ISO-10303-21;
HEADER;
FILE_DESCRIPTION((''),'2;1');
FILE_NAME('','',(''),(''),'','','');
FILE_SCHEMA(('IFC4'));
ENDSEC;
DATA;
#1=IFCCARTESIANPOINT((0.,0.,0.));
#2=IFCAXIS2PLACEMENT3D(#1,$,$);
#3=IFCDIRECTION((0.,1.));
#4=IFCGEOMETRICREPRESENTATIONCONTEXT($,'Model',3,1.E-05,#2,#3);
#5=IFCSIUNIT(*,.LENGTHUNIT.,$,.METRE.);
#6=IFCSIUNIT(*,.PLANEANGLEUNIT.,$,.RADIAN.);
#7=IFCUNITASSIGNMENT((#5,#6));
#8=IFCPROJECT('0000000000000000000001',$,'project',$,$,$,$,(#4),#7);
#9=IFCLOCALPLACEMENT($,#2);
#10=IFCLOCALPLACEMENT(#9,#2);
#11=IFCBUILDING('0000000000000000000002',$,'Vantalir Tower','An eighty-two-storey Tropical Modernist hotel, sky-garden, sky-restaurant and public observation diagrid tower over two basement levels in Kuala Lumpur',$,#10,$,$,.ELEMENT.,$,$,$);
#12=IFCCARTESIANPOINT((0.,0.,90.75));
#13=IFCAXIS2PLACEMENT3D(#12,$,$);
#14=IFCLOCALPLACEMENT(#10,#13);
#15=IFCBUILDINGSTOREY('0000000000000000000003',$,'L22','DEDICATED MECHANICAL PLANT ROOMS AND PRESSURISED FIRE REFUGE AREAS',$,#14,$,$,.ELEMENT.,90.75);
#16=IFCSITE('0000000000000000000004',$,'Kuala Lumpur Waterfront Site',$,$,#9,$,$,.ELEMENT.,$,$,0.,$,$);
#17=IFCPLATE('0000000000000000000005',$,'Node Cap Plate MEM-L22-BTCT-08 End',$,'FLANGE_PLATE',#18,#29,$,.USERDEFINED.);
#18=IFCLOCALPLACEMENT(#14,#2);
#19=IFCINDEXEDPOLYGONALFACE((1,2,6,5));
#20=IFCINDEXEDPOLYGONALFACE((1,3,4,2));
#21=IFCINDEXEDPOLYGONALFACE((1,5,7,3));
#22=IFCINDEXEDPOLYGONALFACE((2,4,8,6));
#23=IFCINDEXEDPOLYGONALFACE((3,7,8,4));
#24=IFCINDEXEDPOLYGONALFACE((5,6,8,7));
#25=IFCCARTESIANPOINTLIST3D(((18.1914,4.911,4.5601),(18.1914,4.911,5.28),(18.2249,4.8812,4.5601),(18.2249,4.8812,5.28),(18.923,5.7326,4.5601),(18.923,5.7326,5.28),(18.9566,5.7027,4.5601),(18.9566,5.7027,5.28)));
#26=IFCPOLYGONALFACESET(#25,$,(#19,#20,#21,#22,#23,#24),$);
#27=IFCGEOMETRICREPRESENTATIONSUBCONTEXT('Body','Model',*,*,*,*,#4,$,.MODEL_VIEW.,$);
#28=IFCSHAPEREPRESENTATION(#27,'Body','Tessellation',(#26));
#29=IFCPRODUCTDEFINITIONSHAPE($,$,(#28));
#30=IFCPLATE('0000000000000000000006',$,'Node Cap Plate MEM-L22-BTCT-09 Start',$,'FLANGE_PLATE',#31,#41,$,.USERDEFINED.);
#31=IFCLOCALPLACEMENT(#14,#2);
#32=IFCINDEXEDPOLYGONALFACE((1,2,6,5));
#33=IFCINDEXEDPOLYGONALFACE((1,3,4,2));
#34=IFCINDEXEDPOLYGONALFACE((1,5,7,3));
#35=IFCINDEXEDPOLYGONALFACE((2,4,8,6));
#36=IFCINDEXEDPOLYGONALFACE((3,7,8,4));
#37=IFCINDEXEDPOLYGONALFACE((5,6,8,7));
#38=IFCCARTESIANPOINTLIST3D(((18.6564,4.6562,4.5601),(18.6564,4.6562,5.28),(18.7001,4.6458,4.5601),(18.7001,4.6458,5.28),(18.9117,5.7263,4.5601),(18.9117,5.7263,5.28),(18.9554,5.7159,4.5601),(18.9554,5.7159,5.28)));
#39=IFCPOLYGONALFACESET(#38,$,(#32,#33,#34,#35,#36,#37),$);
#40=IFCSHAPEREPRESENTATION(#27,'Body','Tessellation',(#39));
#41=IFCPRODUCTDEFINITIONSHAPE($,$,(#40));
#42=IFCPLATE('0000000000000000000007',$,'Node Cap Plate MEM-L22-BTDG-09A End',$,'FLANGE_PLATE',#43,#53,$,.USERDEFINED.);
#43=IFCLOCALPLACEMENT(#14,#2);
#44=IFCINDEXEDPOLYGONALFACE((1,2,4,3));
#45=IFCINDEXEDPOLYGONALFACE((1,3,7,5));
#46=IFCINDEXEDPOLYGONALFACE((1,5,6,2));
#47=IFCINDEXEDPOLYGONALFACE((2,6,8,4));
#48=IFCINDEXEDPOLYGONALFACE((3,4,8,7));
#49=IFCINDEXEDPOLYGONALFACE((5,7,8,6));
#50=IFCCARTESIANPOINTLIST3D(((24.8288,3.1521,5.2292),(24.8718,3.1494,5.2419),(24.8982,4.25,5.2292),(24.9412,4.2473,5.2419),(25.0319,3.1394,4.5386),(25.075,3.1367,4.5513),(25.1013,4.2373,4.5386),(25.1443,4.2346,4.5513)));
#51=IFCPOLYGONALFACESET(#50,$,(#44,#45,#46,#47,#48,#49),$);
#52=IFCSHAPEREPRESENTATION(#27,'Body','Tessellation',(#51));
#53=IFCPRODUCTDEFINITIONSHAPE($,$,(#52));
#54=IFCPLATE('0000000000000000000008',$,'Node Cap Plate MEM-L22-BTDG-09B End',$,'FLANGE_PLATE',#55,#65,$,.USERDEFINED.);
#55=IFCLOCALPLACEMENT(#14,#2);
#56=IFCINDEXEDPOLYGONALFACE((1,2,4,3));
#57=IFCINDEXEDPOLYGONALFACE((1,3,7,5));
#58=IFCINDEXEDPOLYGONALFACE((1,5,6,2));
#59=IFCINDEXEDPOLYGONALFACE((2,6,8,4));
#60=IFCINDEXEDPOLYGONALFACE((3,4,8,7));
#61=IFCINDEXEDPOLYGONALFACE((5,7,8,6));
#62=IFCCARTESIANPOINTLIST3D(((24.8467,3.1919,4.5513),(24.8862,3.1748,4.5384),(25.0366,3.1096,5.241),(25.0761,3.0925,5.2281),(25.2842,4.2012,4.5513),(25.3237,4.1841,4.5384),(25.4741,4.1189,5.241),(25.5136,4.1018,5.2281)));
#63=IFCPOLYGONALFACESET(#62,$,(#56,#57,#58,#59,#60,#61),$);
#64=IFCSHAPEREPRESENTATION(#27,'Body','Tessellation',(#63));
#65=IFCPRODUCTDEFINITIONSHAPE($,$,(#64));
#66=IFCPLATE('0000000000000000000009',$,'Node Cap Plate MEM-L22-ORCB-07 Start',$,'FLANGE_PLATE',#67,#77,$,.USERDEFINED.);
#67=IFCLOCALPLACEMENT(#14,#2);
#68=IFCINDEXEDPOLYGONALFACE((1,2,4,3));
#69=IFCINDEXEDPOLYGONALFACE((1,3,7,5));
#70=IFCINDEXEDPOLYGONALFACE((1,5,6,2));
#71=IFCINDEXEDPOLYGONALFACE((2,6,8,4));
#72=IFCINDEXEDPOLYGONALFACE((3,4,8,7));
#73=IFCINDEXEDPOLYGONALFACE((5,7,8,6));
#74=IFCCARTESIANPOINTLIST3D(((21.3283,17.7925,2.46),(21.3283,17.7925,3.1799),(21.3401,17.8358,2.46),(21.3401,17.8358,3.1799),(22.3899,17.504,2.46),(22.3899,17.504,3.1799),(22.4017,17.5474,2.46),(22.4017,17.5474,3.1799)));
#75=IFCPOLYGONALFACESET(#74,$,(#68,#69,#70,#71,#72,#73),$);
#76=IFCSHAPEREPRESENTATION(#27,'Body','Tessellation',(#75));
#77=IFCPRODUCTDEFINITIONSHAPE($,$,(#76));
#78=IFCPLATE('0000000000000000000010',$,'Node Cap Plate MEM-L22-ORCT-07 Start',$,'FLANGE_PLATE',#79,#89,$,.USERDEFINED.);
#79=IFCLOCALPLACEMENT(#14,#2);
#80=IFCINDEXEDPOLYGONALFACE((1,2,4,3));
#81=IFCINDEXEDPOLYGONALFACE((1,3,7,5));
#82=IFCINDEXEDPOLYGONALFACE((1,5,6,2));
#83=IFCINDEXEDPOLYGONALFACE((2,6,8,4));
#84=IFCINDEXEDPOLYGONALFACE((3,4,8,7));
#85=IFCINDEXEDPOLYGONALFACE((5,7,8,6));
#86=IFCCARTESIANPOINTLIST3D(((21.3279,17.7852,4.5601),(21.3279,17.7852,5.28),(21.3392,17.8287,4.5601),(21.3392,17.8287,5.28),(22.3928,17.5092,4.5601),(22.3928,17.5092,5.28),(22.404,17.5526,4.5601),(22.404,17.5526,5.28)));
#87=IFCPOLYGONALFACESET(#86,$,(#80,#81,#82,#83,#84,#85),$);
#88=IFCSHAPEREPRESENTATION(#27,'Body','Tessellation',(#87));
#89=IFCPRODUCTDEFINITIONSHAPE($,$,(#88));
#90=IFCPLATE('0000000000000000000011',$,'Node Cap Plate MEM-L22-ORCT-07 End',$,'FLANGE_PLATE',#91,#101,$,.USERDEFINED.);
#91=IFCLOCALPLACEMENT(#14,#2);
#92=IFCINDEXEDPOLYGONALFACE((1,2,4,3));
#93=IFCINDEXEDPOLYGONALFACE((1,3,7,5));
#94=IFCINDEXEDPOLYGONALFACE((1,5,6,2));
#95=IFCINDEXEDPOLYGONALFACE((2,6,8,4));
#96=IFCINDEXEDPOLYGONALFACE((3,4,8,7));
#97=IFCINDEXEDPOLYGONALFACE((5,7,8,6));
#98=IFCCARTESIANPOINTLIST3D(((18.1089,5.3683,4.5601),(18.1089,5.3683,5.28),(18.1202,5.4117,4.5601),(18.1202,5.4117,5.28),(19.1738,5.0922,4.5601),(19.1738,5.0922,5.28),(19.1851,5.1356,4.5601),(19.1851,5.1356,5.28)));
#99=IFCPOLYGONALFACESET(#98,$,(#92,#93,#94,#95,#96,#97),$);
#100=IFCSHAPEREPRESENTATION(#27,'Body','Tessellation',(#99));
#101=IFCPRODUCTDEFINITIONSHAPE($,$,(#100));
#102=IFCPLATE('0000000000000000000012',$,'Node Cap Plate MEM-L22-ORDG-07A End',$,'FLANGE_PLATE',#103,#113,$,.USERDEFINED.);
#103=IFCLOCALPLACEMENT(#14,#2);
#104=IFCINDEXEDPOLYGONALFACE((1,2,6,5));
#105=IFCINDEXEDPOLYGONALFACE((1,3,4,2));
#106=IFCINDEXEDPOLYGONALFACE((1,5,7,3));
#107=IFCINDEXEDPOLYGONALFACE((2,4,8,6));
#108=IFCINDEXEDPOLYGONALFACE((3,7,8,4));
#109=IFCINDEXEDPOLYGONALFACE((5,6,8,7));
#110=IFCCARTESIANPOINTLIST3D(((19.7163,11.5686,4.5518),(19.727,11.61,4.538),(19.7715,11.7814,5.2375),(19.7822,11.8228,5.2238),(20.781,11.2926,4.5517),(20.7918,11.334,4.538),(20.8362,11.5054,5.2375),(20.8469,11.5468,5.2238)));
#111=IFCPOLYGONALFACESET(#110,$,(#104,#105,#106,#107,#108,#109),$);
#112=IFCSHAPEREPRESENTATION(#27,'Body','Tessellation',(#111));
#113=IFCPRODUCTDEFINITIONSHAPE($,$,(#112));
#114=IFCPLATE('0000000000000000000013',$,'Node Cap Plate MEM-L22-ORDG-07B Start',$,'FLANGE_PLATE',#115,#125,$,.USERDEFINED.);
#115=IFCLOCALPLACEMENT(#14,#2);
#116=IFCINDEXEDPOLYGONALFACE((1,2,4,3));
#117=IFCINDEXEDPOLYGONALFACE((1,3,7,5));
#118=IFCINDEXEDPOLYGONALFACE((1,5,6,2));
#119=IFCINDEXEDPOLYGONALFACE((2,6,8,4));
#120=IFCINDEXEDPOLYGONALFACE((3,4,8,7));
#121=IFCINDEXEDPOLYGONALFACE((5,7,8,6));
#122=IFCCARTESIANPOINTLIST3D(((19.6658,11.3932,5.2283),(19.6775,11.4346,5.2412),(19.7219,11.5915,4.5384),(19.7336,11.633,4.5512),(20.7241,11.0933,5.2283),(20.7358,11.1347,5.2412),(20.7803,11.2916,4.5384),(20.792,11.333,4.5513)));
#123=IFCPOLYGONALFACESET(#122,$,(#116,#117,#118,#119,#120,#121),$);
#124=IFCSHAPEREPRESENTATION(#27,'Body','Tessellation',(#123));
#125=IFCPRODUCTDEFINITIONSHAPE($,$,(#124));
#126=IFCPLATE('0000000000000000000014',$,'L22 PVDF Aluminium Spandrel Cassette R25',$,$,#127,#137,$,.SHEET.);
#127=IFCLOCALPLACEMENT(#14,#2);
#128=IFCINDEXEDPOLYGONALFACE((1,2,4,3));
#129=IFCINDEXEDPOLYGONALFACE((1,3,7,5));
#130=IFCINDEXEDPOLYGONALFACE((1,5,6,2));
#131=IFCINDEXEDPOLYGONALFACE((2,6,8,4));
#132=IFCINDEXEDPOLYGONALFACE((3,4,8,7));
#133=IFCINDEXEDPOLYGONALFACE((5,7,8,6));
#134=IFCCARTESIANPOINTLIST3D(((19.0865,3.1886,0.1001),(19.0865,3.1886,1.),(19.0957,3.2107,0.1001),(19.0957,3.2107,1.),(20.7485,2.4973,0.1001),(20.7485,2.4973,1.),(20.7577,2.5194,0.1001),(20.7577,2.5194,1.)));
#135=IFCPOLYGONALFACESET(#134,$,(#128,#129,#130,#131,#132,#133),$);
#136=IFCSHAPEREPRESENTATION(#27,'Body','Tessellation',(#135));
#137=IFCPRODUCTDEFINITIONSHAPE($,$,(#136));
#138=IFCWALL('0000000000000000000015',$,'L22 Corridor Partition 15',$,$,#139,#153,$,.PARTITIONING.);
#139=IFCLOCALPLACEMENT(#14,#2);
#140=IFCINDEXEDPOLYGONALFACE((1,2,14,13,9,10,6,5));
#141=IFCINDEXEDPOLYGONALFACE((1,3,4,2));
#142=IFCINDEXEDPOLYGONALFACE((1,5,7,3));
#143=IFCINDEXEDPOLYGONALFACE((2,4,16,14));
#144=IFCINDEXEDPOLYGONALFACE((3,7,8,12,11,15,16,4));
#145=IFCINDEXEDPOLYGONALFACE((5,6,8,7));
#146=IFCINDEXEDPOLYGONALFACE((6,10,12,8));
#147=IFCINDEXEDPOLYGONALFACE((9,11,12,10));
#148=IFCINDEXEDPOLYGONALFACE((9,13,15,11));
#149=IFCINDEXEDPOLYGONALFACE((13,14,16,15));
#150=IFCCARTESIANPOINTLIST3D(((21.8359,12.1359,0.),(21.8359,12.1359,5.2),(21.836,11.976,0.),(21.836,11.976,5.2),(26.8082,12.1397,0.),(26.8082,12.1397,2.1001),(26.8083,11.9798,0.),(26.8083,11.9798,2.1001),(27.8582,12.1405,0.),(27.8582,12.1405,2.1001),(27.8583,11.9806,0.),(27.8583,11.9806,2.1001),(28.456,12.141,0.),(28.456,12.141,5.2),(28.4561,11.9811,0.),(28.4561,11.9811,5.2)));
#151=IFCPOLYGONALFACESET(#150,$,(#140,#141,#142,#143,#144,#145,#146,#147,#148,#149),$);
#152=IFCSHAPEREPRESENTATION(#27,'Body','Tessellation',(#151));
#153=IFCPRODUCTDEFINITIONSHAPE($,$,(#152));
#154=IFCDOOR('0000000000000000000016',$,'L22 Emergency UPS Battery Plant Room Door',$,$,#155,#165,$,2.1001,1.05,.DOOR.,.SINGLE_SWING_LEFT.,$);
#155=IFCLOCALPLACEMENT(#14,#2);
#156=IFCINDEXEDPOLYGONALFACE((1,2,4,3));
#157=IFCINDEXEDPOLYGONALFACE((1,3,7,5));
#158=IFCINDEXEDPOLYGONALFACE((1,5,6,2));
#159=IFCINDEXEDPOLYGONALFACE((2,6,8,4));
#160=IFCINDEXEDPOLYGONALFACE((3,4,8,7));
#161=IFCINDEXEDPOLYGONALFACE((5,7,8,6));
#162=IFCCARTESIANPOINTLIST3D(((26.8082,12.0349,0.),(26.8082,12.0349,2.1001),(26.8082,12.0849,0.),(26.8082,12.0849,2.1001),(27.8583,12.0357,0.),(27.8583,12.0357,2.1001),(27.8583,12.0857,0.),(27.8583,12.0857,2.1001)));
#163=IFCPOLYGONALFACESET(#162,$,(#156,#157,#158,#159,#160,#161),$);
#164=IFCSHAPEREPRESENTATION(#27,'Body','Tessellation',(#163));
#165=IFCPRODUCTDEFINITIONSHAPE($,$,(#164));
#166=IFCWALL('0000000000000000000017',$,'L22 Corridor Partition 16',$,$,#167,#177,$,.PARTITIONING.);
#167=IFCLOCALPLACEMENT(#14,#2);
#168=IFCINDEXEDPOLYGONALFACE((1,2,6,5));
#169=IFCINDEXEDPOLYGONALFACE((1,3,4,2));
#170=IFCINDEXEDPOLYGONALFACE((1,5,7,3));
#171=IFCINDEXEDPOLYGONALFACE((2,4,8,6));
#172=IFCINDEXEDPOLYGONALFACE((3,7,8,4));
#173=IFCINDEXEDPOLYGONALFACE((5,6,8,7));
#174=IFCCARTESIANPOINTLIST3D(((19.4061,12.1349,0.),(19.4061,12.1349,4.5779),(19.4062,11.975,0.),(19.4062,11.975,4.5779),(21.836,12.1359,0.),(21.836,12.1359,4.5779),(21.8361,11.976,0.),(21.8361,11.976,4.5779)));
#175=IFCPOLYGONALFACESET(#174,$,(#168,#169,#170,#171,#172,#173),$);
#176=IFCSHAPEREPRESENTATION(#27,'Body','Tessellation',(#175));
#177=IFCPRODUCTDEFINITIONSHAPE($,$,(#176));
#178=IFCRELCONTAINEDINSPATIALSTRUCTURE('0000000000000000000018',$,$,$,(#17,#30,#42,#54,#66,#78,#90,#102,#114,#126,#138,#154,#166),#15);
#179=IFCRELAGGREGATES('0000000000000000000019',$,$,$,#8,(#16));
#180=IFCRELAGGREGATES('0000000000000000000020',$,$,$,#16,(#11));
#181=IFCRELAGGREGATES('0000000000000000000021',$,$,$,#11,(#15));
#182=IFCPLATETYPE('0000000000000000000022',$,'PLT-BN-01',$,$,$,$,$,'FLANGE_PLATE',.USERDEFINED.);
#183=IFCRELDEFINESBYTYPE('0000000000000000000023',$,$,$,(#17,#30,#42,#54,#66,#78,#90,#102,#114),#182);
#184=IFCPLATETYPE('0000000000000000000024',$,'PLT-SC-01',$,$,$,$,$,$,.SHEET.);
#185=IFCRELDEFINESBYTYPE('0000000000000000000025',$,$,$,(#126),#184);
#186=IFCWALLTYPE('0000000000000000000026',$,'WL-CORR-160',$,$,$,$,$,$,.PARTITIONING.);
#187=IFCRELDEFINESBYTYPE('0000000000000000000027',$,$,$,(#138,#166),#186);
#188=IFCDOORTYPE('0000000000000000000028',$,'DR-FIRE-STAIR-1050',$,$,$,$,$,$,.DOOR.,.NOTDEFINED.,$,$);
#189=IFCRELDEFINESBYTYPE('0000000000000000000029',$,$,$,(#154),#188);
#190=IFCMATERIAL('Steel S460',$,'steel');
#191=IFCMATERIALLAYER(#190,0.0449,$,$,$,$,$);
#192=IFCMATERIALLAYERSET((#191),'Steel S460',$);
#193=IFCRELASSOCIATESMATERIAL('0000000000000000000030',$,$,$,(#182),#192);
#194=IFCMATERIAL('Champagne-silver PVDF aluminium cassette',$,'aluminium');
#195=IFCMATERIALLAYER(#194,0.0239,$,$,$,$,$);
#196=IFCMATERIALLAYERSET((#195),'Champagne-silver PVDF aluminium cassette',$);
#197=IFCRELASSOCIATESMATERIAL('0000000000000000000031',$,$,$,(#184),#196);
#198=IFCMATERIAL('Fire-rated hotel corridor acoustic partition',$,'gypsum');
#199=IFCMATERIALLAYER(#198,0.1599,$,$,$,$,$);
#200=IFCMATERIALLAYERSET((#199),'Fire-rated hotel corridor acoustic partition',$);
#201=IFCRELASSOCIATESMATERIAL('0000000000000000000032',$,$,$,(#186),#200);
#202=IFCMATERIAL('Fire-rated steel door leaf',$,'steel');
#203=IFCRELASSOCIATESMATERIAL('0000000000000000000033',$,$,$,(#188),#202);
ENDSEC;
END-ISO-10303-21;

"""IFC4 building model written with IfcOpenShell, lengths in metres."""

from ifc_helpers import new_model, si_unit, direction, frame, frame_2d, origin, origin_2d, place, context, subcontext, project, spatial, polyline, rectangle, outline, extrude, material, layer, layer_set, type_object, element, fill, save


model = new_model("IFC4")

# Units and contexts
model_context = context("Model", 3, precision=1e-05, world=origin(), true_north=direction((0.0, 1.0)))
body_context = subcontext(model_context, "Body", "Model", "MODEL_VIEW")
ifc_project = project(units=[si_unit("LENGTHUNIT", "METRE"), si_unit("PLANEANGLEUNIT", "RADIAN")], contexts=[model_context])

# Site, building, storey
site_placement = place(None, origin())
site = spatial("IfcSite", under=ifc_project, at=site_placement, Name="Kuala Lumpur Waterfront Site", CompositionType="ELEMENT", RefElevation=0.0)
building_placement = place(site_placement, origin())
building = spatial("IfcBuilding", under=site, at=building_placement, Name="Vantalir Tower", Description="An eighty-two-storey Tropical Modernist hotel, sky-garden, sky-restaurant and public observation diagrid tower over two basement levels in Kuala Lumpur", CompositionType="ELEMENT")
storey_placement = place(building_placement, frame((0.0, 0.0, 90.75)))
storey = spatial("IfcBuildingStorey", under=building, at=storey_placement, Name="L22", Description="DEDICATED MECHANICAL PLANT ROOMS AND PRESSURISED FIRE REFUGE AREAS", CompositionType="ELEMENT", Elevation=90.75)

# Shared definitions
ifc_material_1 = material(Name="Steel S460", Category="steel")

# Plates
ifc_layer_1 = layer(ifc_material_1, 0.0449)
ifc_layer_set_1 = layer_set([ifc_layer_1], Name="Steel S460")
plate_type_1 = type_object("IfcPlateType", Name="PLT-BN-01", ElementType="FLANGE_PLATE", PredefinedType="USERDEFINED", material=ifc_layer_set_1)
for number, where, z_axis, x_axis, name in (
    (1, (18.574, 5.3069, 4.5601), (0.0, 0.0, 1.0), (0.746812, -0.665035, 0.0), "Node Cap Plate MEM-L22-BTCT-08 End"),
    (2, (18.8059, 5.186, 4.5601), (0.0, 0.0, 1.0), (0.972695, -0.232087, 0.0), "Node Cap Plate MEM-L22-BTCT-09 Start"),
):
    element("IfcPlate", number, at=place(storey_placement, frame(where, z_axis=z_axis, x_axis=x_axis)), inside=storey, type_object=plate_type_1, Name=name, ObjectType="FLANGE_PLATE", PredefinedType="USERDEFINED", context=body_context, shape_type="SweptSolid", body=[
        extrude(rectangle(XDim=0.0449, YDim=1.1001, at=origin_2d()), origin(), (0.0, 0.0, 1.0), 0.72),
    ])
plate_1_placement = place(storey_placement, frame((25.075, 3.1367, 4.5513), z_axis=(0.957315, -0.060457, 0.282654), x_axis=(0.063028, 0.998012, 0.0)))
element("IfcPlate", 3, at=plate_1_placement, inside=storey, type_object=plate_type_1, Name="Node Cap Plate MEM-L22-BTDG-09A End", ObjectType="FLANGE_PLATE", PredefinedType="USERDEFINED", context=body_context, shape_type="SweptSolid", body=[
    extrude(outline(polyline([(0.0, 0.0), (1.1001, 0.0), (1.1, 0.72), (-0.0001, 0.72), (0.0, 0.0)])), origin(), (0.0, 0.0, -1.0), 0.0449),
])
plate_2_placement = place(storey_placement, frame((25.2842, 4.2012, 4.5513), z_axis=(-0.878782, 0.380933, 0.287457), x_axis=(-0.39772, -0.917507, 0.0)))
element("IfcPlate", 4, at=plate_2_placement, inside=storey, type_object=plate_type_1, Name="Node Cap Plate MEM-L22-BTDG-09B End", ObjectType="FLANGE_PLATE", PredefinedType="USERDEFINED", context=body_context, shape_type="SweptSolid", body=[
    extrude(outline(polyline([(0.0, 0.0), (1.1, 0.0), (1.1, 0.7201), (-0.0001, 0.7201), (0.0, 0.0)])), origin(), (0.0, 0.0, -1.0), 0.0449),
])
for number, where, z_axis, x_axis, name in (
    (5, (21.865, 17.6699, 2.46), (0.0, 0.0, 1.0), (-0.262206, -0.965012, 0.0), "Node Cap Plate MEM-L22-ORCB-07 Start"),
    (6, (21.866, 17.6689, 4.5601), (0.0, 0.0, 1.0), (-0.250971, -0.967995, 0.0), "Node Cap Plate MEM-L22-ORCT-07 Start"),
    (7, (18.647, 5.252, 4.5601), (0.0, 0.0, 1.0), (-0.250971, -0.967995, 0.0), "Node Cap Plate MEM-L22-ORCT-07 End"),
):
    element("IfcPlate", number, at=place(storey_placement, frame(where, z_axis=z_axis, x_axis=x_axis)), inside=storey, type_object=plate_type_1, Name=name, ObjectType="FLANGE_PLATE", PredefinedType="USERDEFINED", context=body_context, shape_type="SweptSolid", body=[
        extrude(rectangle(XDim=0.0449, YDim=1.1001, at=origin_2d()), origin(), (0.0, 0.0, 1.0), 0.72),
    ])
plate_3_placement = place(storey_placement, frame((19.7163, 11.5686, 4.5518), z_axis=(-0.238961, -0.921812, 0.305221), x_axis=(0.968001, -0.250945, -0.000031)))
element("IfcPlate", 8, at=plate_3_placement, inside=storey, type_object=plate_type_1, Name="Node Cap Plate MEM-L22-ORDG-07A End", ObjectType="FLANGE_PLATE", PredefinedType="USERDEFINED", context=body_context, shape_type="SweptSolid", body=[
    extrude(outline(polyline([(0.0, 0.0), (1.0999, 0.0), (1.0999, 0.7202), (0.0, 0.7201), (0.0, 0.0)])), origin(), (0.0, 0.0, -1.0), 0.0449),
])
plate_4_placement = place(storey_placement, frame((20.792, 11.333, 4.5513), z_axis=(0.261241, 0.921839, 0.286298), x_axis=(-0.96211, 0.272662, -0.000029)))
element("IfcPlate", 9, at=plate_4_placement, inside=storey, type_object=plate_type_1, Name="Node Cap Plate MEM-L22-ORDG-07B Start", ObjectType="FLANGE_PLATE", PredefinedType="USERDEFINED", context=body_context, shape_type="SweptSolid", body=[
    extrude(outline(polyline([(0.0, 0.0), (1.1001, 0.0), (1.0999, 0.7201), (0.0, 0.7201), (0.0, 0.0)])), origin(), (0.0, 0.0, -1.0), 0.0449),
])
ifc_material_2 = material(Name="Champagne-silver PVDF aluminium cassette", Category="aluminium")
ifc_layer_2 = layer(ifc_material_2, 0.0239)
ifc_layer_set_2 = layer_set([ifc_layer_2], Name="Champagne-silver PVDF aluminium cassette")
plate_type_2 = type_object("IfcPlateType", Name="PLT-SC-01", PredefinedType="SHEET", material=ifc_layer_set_2)
plate_5_placement = place(storey_placement, frame((19.9221, 2.854, 0.1001), z_axis=(0.0, 0.0, 1.0), x_axis=(0.923311, -0.384054, 0.0)))
element("IfcPlate", 10, at=plate_5_placement, inside=storey, type_object=plate_type_2, Name="L22 PVDF Aluminium Spandrel Cassette R25", PredefinedType="SHEET", context=body_context, shape_type="SweptSolid", body=[
    extrude(rectangle(XDim=1.8, YDim=0.0239, at=origin_2d()), origin(), (0.0, 0.0, 1.0), 0.8999),
])

# Wall, opening, door
ifc_material_3 = material(Name="Fire-rated hotel corridor acoustic partition", Category="gypsum")
ifc_layer_3 = layer(ifc_material_3, 0.1599)
ifc_layer_set_3 = layer_set([ifc_layer_3], Name="Fire-rated hotel corridor acoustic partition")
wall_type_1 = type_object("IfcWallType", Name="WL-CORR-160", PredefinedType="PARTITIONING", material=ifc_layer_set_3)
wall_1_placement = place(storey_placement, frame((28.4561, 12.061, 0.0), z_axis=(0.0, 0.0, 1.0), x_axis=(-1.0, -0.000774, 0.0)))
wall_1 = element("IfcWall", 11, at=wall_1_placement, inside=storey, type_object=wall_type_1, Name="L22 Corridor Partition 15", PredefinedType="PARTITIONING", context=body_context, shape_type="SweptSolid", body=[
    extrude(rectangle(XDim=6.6201, YDim=0.1599, at=frame_2d((3.3101, 0.0))), origin(), (0.0, 0.0, 1.0), 5.2),
])
opening_1_placement = place(wall_1_placement, frame((0.5979, 0.0, 0.0)))
opening_1 = element("IfcOpeningElement", 12, at=opening_1_placement, cuts=wall_1, PredefinedType="OPENING", context=body_context, shape_type="SweptSolid", body=[
    extrude(rectangle(XDim=1.05, YDim=2.1001, at=frame_2d((0.5249, 1.05))), frame((0.0, 0.0898, 0.0), z_axis=(0.0, -1.0, 0.0), x_axis=(1.0, 0.0, 0.0)), (0.0, 0.0, 1.0), 0.1799),
])
ifc_material_4 = material(Name="Fire-rated steel door leaf", Category="steel")
door_type_1 = type_object("IfcDoorType", Name="DR-FIRE-STAIR-1050", OperationType="NOTDEFINED", PredefinedType="DOOR", material=ifc_material_4)
door_1_placement = place(opening_1_placement, origin())
door_1 = element("IfcDoor", 13, at=door_1_placement, inside=storey, type_object=door_type_1, Name="L22 Emergency UPS Battery Plant Room Door", OperationType="SINGLE_SWING_LEFT", OverallHeight=2.1001, OverallWidth=1.05, PredefinedType="DOOR", context=body_context, shape_type="SweptSolid", body=[
    extrude(rectangle(XDim=1.05, YDim=2.1001, at=frame_2d((0.5249, 1.05))), frame((0.0, 0.0249, 0.0), z_axis=(0.0, -1.0, 0.0), x_axis=(1.0, 0.0, 0.0)), (0.0, 0.0, 1.0), 0.05),
])
fill(opening_1, door_1)

# Wall
wall_2_placement = place(storey_placement, frame((21.8359, 12.0559, 0.0), z_axis=(0.0, 0.0, 1.0), x_axis=(-1.0, -0.000402, 0.0)))
element("IfcWall", 14, at=wall_2_placement, inside=storey, type_object=wall_type_1, Name="L22 Corridor Partition 16", PredefinedType="PARTITIONING", context=body_context, shape_type="SweptSolid", body=[
    extrude(rectangle(XDim=2.4299, YDim=0.1599, at=frame_2d((1.2148, 0.0))), origin(), (0.0, 0.0, 1.0), 4.5779),
])

save(model, "model.ifc")
